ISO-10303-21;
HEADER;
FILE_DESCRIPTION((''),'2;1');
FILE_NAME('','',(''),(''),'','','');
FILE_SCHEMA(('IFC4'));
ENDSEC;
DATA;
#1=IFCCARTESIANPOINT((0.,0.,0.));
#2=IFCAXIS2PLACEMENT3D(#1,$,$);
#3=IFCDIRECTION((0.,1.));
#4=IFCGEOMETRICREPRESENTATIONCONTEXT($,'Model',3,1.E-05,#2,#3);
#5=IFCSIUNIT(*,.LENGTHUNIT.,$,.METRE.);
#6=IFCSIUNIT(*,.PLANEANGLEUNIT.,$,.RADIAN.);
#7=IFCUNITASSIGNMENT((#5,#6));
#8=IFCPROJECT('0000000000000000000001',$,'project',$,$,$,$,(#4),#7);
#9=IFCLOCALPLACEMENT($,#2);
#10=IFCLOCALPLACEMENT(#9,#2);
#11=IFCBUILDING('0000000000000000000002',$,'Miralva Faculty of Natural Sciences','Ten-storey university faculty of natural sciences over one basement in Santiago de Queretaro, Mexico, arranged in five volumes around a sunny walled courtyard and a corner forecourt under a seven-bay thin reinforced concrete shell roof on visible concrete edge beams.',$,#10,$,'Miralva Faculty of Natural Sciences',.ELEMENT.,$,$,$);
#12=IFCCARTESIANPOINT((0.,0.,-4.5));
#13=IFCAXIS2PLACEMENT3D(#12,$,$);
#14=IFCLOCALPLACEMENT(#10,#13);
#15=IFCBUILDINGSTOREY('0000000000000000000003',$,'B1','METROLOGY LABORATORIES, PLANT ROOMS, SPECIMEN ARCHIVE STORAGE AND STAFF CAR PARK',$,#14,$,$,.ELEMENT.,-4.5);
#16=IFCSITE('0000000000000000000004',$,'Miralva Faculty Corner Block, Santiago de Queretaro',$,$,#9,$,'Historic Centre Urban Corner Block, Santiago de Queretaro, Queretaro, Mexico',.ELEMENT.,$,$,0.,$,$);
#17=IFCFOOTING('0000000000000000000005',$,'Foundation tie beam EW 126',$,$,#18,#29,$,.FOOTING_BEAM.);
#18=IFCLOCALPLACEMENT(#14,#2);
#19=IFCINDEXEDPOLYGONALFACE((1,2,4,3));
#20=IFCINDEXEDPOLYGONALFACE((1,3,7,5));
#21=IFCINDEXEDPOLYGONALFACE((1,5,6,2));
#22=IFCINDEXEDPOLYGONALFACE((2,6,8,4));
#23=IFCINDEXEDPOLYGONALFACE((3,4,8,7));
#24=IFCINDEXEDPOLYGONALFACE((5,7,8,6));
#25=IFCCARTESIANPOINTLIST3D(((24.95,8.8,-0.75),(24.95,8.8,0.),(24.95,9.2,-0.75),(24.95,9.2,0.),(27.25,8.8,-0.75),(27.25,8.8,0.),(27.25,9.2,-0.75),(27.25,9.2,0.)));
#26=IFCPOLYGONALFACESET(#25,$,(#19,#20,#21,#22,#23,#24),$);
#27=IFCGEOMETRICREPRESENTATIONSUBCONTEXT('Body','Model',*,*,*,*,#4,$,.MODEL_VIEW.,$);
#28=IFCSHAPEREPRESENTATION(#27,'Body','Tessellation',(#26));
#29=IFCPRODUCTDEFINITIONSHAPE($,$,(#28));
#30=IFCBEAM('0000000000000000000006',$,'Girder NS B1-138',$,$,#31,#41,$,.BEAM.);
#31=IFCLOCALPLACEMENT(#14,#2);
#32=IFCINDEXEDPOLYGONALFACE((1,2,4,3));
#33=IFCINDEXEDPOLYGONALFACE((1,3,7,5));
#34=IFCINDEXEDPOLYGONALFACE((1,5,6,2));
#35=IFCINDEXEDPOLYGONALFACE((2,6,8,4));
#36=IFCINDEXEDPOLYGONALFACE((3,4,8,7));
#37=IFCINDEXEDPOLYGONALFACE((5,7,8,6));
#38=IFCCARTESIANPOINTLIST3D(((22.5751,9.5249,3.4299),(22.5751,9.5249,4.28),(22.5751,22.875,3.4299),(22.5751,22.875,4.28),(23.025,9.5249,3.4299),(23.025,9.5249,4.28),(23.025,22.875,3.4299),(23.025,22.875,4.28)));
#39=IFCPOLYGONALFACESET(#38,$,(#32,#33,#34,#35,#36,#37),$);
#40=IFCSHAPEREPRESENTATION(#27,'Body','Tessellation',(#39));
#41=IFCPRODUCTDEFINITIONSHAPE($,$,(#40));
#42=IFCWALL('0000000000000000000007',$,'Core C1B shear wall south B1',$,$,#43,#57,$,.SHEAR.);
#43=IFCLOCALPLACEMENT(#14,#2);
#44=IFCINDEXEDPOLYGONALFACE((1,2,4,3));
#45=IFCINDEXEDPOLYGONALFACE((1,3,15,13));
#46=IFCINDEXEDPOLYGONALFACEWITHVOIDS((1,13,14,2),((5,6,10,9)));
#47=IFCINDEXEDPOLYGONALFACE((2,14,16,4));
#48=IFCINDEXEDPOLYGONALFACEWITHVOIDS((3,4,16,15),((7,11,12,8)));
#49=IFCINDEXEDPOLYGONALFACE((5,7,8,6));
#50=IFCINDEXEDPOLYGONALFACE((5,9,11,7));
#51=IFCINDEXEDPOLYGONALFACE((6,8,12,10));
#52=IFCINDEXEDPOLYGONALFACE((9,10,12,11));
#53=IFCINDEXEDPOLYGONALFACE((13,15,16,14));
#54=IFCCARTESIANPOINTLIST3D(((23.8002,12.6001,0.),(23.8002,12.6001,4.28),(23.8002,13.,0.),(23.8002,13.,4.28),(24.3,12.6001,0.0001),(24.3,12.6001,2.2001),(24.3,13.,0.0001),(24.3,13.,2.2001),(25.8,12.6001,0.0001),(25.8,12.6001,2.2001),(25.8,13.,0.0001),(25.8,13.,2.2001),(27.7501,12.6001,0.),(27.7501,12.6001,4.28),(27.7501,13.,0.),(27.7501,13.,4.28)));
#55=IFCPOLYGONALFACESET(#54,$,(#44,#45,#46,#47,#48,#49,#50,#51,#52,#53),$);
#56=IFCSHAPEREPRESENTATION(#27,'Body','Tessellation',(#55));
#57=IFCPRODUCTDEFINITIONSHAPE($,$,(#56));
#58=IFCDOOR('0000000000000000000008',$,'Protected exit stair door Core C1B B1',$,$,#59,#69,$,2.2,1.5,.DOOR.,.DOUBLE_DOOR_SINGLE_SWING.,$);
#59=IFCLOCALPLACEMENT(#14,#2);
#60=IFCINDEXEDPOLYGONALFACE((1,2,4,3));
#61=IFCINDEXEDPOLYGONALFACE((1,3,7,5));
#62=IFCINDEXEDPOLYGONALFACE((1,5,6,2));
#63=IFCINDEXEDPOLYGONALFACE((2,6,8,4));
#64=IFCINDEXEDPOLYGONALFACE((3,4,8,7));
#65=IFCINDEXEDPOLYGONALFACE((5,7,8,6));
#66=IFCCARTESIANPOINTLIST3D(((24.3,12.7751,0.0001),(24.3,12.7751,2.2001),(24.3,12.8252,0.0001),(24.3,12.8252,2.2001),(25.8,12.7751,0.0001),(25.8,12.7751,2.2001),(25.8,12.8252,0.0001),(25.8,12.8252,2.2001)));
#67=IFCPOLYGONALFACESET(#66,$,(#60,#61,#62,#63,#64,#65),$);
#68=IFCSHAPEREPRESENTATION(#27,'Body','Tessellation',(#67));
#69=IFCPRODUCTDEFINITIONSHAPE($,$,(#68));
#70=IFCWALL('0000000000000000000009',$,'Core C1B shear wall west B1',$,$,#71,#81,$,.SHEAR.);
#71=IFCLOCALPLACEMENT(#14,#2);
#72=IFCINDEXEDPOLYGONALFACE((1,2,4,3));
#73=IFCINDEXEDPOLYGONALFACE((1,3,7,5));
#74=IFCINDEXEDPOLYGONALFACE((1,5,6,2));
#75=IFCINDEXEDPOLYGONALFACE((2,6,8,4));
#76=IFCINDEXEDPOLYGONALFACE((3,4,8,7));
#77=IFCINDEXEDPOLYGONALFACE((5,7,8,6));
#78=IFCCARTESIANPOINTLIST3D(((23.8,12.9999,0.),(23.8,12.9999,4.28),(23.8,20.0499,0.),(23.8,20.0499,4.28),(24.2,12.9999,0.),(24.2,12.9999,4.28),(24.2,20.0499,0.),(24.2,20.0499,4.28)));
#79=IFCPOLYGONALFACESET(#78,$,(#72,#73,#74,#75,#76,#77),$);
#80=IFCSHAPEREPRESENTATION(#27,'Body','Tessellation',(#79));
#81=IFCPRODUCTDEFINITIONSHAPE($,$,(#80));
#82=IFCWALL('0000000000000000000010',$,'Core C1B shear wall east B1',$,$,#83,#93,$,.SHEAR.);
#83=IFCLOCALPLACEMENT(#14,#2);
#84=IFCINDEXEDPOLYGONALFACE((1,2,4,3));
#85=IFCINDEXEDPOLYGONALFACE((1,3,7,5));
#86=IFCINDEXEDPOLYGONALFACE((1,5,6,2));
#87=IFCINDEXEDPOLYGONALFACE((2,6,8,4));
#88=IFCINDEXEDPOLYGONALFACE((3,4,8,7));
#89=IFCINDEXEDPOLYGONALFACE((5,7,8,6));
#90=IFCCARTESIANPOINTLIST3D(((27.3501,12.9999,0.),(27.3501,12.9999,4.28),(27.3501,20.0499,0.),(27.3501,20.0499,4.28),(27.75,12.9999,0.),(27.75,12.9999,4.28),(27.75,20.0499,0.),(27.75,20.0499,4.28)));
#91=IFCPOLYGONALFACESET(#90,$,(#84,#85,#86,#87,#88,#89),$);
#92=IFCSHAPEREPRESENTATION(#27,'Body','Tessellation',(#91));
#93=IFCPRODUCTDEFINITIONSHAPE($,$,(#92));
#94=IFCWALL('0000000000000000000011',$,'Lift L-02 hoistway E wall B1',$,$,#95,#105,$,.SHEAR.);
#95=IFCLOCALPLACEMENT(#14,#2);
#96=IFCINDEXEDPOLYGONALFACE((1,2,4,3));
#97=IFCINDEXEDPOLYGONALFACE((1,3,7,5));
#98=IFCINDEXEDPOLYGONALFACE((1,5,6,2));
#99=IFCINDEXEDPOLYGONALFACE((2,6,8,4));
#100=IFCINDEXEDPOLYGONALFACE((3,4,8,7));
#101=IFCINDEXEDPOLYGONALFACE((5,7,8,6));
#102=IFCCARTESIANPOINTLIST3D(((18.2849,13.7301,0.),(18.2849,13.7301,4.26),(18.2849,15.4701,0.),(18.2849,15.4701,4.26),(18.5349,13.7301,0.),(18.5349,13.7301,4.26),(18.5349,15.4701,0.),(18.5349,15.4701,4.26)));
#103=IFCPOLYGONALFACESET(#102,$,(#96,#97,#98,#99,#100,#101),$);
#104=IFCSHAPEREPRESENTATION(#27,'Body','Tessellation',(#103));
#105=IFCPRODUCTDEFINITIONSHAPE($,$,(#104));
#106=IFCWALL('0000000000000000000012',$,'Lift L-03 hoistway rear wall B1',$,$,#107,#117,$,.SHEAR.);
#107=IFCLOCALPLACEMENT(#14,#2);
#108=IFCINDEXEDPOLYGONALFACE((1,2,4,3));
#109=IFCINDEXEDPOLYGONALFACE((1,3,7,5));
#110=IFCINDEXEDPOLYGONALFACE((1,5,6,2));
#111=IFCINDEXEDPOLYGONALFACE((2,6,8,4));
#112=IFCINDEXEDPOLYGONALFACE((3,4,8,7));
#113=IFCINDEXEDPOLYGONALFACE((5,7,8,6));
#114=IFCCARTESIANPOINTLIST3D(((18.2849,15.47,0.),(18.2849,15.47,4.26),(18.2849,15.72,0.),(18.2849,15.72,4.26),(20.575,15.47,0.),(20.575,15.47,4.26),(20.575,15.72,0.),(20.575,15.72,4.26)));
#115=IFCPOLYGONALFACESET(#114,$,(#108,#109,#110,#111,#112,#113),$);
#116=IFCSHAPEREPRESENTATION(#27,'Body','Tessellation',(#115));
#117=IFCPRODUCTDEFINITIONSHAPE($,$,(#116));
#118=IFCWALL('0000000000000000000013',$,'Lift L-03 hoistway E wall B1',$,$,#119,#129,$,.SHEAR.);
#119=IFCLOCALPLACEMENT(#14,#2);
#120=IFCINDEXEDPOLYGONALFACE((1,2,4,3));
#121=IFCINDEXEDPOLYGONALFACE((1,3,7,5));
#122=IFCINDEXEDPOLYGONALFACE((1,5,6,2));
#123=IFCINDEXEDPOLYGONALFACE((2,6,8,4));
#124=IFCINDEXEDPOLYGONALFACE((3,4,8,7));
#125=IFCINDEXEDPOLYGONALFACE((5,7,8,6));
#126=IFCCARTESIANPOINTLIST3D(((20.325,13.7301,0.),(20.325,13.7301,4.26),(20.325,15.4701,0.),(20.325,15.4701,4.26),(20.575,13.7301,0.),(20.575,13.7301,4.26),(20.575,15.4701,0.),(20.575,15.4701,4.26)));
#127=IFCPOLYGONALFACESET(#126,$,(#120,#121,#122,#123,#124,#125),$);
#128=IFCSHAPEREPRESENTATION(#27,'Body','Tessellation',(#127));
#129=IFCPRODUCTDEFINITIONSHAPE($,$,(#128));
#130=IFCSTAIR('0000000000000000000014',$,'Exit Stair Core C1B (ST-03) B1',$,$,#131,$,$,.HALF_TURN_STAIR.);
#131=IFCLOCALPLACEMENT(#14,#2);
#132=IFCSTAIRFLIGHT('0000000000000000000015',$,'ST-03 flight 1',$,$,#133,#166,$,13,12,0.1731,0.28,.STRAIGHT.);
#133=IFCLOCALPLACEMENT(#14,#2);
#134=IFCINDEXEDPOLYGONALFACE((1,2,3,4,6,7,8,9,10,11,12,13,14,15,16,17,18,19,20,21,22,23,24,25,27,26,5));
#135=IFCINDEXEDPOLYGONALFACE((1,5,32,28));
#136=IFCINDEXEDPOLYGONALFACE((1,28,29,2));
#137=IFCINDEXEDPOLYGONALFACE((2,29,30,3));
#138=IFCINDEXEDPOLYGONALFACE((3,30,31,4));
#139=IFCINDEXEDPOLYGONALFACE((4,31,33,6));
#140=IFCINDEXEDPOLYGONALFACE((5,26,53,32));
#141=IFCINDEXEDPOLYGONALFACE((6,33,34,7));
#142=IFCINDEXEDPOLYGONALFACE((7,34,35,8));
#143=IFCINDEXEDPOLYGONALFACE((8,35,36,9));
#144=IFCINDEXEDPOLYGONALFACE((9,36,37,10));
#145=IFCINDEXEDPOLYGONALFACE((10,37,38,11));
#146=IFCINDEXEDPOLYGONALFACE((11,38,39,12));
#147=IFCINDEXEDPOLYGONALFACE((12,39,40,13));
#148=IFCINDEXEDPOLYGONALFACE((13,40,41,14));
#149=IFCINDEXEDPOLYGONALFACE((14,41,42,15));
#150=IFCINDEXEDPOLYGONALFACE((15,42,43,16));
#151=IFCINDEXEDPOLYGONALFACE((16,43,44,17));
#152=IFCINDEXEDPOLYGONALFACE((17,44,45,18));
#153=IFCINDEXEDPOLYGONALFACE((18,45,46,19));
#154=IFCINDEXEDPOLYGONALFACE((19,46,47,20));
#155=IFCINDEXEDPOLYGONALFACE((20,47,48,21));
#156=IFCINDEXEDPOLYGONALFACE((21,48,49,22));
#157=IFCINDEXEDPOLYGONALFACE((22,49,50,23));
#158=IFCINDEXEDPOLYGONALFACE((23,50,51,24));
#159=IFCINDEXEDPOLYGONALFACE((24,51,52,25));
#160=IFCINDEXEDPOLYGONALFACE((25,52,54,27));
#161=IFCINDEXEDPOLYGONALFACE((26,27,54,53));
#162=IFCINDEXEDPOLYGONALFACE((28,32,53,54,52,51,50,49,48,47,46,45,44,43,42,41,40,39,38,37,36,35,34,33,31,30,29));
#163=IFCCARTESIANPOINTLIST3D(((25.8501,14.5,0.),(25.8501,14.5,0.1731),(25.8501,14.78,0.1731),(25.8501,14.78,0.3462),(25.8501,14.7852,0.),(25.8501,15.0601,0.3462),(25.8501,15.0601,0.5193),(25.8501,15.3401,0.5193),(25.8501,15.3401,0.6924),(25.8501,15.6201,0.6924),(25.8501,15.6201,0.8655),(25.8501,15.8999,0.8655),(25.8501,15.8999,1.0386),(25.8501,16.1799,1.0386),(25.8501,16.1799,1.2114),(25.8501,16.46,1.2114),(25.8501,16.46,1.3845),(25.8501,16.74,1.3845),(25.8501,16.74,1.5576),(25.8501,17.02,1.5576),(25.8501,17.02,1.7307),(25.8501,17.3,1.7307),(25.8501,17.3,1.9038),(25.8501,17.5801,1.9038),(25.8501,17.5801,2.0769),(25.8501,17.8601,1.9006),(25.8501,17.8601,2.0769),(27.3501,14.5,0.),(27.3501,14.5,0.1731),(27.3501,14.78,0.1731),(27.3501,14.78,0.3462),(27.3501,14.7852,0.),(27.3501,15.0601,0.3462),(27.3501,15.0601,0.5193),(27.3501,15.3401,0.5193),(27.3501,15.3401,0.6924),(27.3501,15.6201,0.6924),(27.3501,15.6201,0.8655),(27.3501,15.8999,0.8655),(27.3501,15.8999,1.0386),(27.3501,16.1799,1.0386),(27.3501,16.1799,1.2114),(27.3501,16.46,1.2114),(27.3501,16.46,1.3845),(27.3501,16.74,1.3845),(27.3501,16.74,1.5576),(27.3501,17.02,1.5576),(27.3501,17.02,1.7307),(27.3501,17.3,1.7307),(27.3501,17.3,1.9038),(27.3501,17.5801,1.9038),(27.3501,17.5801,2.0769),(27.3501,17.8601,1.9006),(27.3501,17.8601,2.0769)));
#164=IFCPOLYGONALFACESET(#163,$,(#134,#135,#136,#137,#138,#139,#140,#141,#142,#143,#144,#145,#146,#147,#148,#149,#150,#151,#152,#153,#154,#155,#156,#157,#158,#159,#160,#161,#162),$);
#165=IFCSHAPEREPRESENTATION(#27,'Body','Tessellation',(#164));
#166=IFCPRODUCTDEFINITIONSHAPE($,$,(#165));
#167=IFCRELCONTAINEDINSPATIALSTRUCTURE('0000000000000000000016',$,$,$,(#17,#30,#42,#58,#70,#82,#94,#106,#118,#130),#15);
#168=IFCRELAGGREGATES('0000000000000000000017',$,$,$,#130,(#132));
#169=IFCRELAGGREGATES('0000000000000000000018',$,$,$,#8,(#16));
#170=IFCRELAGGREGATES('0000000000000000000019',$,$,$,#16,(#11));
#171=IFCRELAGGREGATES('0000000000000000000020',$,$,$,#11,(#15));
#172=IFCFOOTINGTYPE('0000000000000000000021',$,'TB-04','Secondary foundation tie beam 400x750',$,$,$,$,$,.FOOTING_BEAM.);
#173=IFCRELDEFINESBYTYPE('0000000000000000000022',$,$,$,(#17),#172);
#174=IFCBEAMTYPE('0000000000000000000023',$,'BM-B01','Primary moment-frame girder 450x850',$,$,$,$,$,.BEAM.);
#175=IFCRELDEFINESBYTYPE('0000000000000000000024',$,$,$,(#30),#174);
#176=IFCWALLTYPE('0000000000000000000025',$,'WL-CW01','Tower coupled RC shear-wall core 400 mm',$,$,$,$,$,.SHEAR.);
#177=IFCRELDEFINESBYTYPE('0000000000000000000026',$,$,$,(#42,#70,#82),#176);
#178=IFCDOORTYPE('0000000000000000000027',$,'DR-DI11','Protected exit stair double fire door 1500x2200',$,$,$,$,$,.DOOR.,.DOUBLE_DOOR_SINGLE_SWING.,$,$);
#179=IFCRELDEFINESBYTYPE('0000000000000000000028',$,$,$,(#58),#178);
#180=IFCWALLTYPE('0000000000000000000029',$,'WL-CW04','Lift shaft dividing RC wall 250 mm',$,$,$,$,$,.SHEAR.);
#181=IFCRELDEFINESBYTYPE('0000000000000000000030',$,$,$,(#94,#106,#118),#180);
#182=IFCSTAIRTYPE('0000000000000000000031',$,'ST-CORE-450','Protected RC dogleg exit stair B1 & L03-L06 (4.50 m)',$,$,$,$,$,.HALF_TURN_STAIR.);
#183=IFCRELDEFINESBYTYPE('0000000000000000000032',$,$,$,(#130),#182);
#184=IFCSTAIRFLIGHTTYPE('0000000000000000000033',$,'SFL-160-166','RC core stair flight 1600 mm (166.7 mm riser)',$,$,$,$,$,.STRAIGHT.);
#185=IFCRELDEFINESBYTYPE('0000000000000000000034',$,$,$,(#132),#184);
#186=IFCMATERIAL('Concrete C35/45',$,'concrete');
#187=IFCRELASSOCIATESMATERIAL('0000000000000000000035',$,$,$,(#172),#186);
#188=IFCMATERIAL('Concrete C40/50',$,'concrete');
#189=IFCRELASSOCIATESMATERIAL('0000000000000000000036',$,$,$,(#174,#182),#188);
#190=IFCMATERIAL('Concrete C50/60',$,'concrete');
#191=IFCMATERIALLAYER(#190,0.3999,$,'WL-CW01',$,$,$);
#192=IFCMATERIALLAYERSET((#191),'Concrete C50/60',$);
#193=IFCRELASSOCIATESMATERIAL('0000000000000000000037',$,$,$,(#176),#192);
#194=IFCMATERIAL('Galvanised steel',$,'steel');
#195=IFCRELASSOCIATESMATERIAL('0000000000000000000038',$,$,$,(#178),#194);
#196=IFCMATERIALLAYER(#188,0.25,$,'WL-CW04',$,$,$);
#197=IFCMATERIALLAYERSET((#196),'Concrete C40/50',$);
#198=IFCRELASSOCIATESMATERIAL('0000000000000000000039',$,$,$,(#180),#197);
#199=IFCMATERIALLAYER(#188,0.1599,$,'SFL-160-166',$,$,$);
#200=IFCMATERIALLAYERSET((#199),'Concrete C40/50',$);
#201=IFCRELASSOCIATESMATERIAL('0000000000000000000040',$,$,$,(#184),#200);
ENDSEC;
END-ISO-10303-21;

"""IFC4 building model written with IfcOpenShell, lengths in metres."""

from ifc_helpers import new_model, si_unit, direction, frame, frame_2d, origin, origin_2d, place, context, subcontext, project, spatial, polyline, rectangle, outline, extrude, material, layer, layer_set, material_profile, profile_set, type_object, element, fill, aggregate, save


model = new_model("IFC4")

# Units and contexts
model_context = context("Model", 3, precision=1e-05, world=origin(), true_north=direction((0.0, 1.0)))
body_context = subcontext(model_context, "Body", "Model", "MODEL_VIEW")
ifc_project = project(units=[si_unit("LENGTHUNIT", "METRE"), si_unit("PLANEANGLEUNIT", "RADIAN")], contexts=[model_context])

# Site, building, storey
site_placement = place(None, origin())
site = spatial("IfcSite", under=ifc_project, at=site_placement, Name="Miralva Faculty Corner Block, Santiago de Queretaro", LongName="Historic Centre Urban Corner Block, Santiago de Queretaro, Queretaro, Mexico", CompositionType="ELEMENT", RefElevation=0.0)
building_placement = place(site_placement, origin())
building = spatial("IfcBuilding", under=site, at=building_placement, Name="Miralva Faculty of Natural Sciences", Description="Ten-storey university faculty of natural sciences over one basement in Santiago de Queretaro, Mexico, arranged in five volumes around a sunny walled courtyard and a corner forecourt under a seven-bay thin reinforced concrete shell roof on visible concrete edge beams.", LongName="Miralva Faculty of Natural Sciences", CompositionType="ELEMENT")
storey_placement = place(building_placement, frame((0.0, 0.0, -4.5)))
storey = spatial("IfcBuildingStorey", under=building, at=storey_placement, Name="B1", Description="METROLOGY LABORATORIES, PLANT ROOMS, SPECIMEN ARCHIVE STORAGE AND STAFF CAR PARK", CompositionType="ELEMENT", Elevation=-4.5)

# Shared definitions
ifc_material_1 = material(Name="Concrete C40/50", Category="concrete")

# Shared definitions
ifc_material_2 = material(Name="Concrete C35/45", Category="concrete")

# Footing
ifc_material_profile_1 = material_profile(ifc_material_2, rectangle(XDim=0.3999, YDim=0.75, at=origin_2d()), Name="RC 400x750")
ifc_profile_set_1 = profile_set([ifc_material_profile_1], Name="Concrete C35/45")
footing_type_1 = type_object("IfcFootingType", Name="TB-04", Description="Secondary foundation tie beam 400x750", PredefinedType="FOOTING_BEAM", material=ifc_profile_set_1)
footing_1_placement = place(storey_placement, frame((24.95, 9.0, -0.375), z_axis=(1.0, 0.0, 0.0), x_axis=(0.0, 1.0, 0.0)))
element("IfcFooting", 1, at=footing_1_placement, inside=storey, type_object=footing_type_1, Name="Foundation tie beam EW 126", PredefinedType="FOOTING_BEAM", context=body_context, shape_type="SweptSolid", body=[
    extrude(rectangle(XDim=0.3999, YDim=0.75, at=origin_2d()), origin(), (0.0, 0.0, 1.0), 2.3),
])

# Beam
ifc_material_profile_2 = material_profile(ifc_material_1, rectangle(XDim=0.45, YDim=0.8501, at=origin_2d()), Name="RC 450x850")
ifc_profile_set_2 = profile_set([ifc_material_profile_2], Name="Concrete C40/50")
beam_type = type_object("IfcBeamType", Name="BM-B01", Description="Primary moment-frame girder 450x850", PredefinedType="BEAM", material=ifc_profile_set_2)
beam_placement = place(storey_placement, frame((22.8, 9.5249, 3.855), z_axis=(0.0, 1.0, 0.0), x_axis=(-1.0, 0.0, 0.0)))
element("IfcBeam", 2, at=beam_placement, inside=storey, type_object=beam_type, Name="Girder NS B1-138", PredefinedType="BEAM", context=body_context, shape_type="SweptSolid", body=[
    extrude(rectangle(XDim=0.45, YDim=0.8501, at=origin_2d()), origin(), (0.0, 0.0, 1.0), 13.3501),
])

# Wall, opening, door
ifc_material_3 = material(Name="Concrete C50/60", Category="concrete")
ifc_layer_1 = layer(ifc_material_3, 0.3999, Name="WL-CW01")
ifc_layer_set_1 = layer_set([ifc_layer_1], Name="Concrete C50/60")
wall_type_1 = type_object("IfcWallType", Name="WL-CW01", Description="Tower coupled RC shear-wall core 400 mm", PredefinedType="SHEAR", material=ifc_layer_set_1)
wall_1_placement = place(storey_placement, frame((23.8, 12.8, 0.0), z_axis=(0.0, 0.0, 1.0), x_axis=(1.0, 0.0, 0.0)))
wall_1 = element("IfcWall", 3, at=wall_1_placement, inside=storey, type_object=wall_type_1, Name="Core C1B shear wall south B1", PredefinedType="SHEAR", context=body_context, shape_type="SweptSolid", body=[
    extrude(rectangle(XDim=3.95, YDim=0.3999, at=frame_2d((1.9751, 0.0))), origin(), (0.0, 0.0, 1.0), 4.28),
])
opening_1_placement = place(wall_1_placement, frame((0.5, 0.0, 0.0)))
opening_1 = element("IfcOpeningElement", 4, at=opening_1_placement, cuts=wall_1, PredefinedType="OPENING", context=body_context, shape_type="SweptSolid", body=[
    extrude(rectangle(XDim=1.5, YDim=2.2, at=frame_2d((0.75, 1.1001))), frame((0.0, 0.21, 0.0), z_axis=(0.0, -1.0, 0.0), x_axis=(1.0, 0.0, 0.0)), (0.0, 0.0, 1.0), 0.4199),
])
ifc_material_4 = material(Name="Galvanised steel", Category="steel")
door_type_1 = type_object("IfcDoorType", Name="DR-DI11", Description="Protected exit stair double fire door 1500x2200", OperationType="DOUBLE_DOOR_SINGLE_SWING", PredefinedType="DOOR", material=ifc_material_4)
door_1_placement = place(opening_1_placement, frame((1.5, 0.0, 0.0), z_axis=(0.0, 0.0, 1.0), x_axis=(-1.0, 0.0, 0.0)))
door_1 = element("IfcDoor", 5, at=door_1_placement, inside=storey, type_object=door_type_1, Name="Protected exit stair door Core C1B B1", OperationType="DOUBLE_DOOR_SINGLE_SWING", OverallHeight=2.2, OverallWidth=1.5, PredefinedType="DOOR", context=body_context, shape_type="SweptSolid", body=[
    extrude(rectangle(XDim=1.5, YDim=2.2, at=frame_2d((0.75, 1.1001))), frame((0.0, 0.0249, 0.0), z_axis=(0.0, -1.0, 0.0), x_axis=(1.0, 0.0, 0.0)), (0.0, 0.0, 1.0), 0.05),
])
fill(opening_1, door_1)

# Walls
for number, where, z_axis, x_axis, name in (
    (6, (24.0, 13.0, 0.0), (0.0, 0.0, 1.0), (0.0, 1.0, 0.0), "Core C1B shear wall west B1"),
    (7, (27.55, 13.0, 0.0), (0.0, 0.0, 1.0), (0.0, 1.0, 0.0), "Core C1B shear wall east B1"),
):
    element("IfcWall", number, at=place(storey_placement, frame(where, z_axis=z_axis, x_axis=x_axis)), inside=storey, type_object=wall_type_1, Name=name, PredefinedType="SHEAR", context=body_context, shape_type="SweptSolid", body=[
        extrude(rectangle(XDim=7.05, YDim=0.3999, at=frame_2d((3.5249, 0.0))), origin(), (0.0, 0.0, 1.0), 4.28),
    ])
ifc_layer_2 = layer(ifc_material_1, 0.25, Name="WL-CW04")
ifc_layer_set_2 = layer_set([ifc_layer_2], Name="Concrete C40/50")
wall_type_2 = type_object("IfcWallType", Name="WL-CW04", Description="Lift shaft dividing RC wall 250 mm", PredefinedType="SHEAR", material=ifc_layer_set_2)
wall_2_placement = place(storey_placement, frame((18.4099, 13.73, 0.0), z_axis=(0.0, 0.0, 1.0), x_axis=(0.0, 1.0, 0.0)))
element("IfcWall", 8, at=wall_2_placement, inside=storey, type_object=wall_type_2, Name="Lift L-02 hoistway E wall B1", PredefinedType="SHEAR", context=body_context, shape_type="SweptSolid", body=[
    extrude(rectangle(XDim=1.74, YDim=0.25, at=frame_2d((0.8701, 0.0))), origin(), (0.0, 0.0, 1.0), 4.26),
])

# Walls
wall_3_placement = place(storey_placement, frame((18.2849, 15.595, 0.0), z_axis=(0.0, 0.0, 1.0), x_axis=(1.0, 0.0, 0.0)))
element("IfcWall", 9, at=wall_3_placement, inside=storey, type_object=wall_type_2, Name="Lift L-03 hoistway rear wall B1", PredefinedType="SHEAR", context=body_context, shape_type="SweptSolid", body=[
    extrude(rectangle(XDim=2.29, YDim=0.25, at=frame_2d((1.145, 0.0))), origin(), (0.0, 0.0, 1.0), 4.26),
])
wall_4_placement = place(storey_placement, frame((20.45, 13.73, 0.0), z_axis=(0.0, 0.0, 1.0), x_axis=(0.0, 1.0, 0.0)))
element("IfcWall", 10, at=wall_4_placement, inside=storey, type_object=wall_type_2, Name="Lift L-03 hoistway E wall B1", PredefinedType="SHEAR", context=body_context, shape_type="SweptSolid", body=[
    extrude(rectangle(XDim=1.74, YDim=0.25, at=frame_2d((0.8701, 0.0))), origin(), (0.0, 0.0, 1.0), 4.26),
])

# Stair, stair flight
stair_type = type_object("IfcStairType", Name="ST-CORE-450", Description="Protected RC dogleg exit stair B1 & L03-L06 (4.50 m)", PredefinedType="HALF_TURN_STAIR", material=ifc_material_1)
stair_placement = place(storey_placement, origin())
stair = element("IfcStair", 11, at=stair_placement, inside=storey, type_object=stair_type, Name="Exit Stair Core C1B (ST-03) B1", PredefinedType="HALF_TURN_STAIR")
ifc_layer_3 = layer(ifc_material_1, 0.1599, Name="SFL-160-166")
ifc_layer_set_3 = layer_set([ifc_layer_3], Name="Concrete C40/50")
stair_flight_type = type_object("IfcStairFlightType", Name="SFL-160-166", Description="RC core stair flight 1600 mm (166.7 mm riser)", PredefinedType="STRAIGHT", material=ifc_layer_set_3)
stair_flight_1_placement = place(storey_placement, frame((26.6001, 14.5, 0.0), z_axis=(0.0, 0.0, 1.0), x_axis=(0.0, 1.0, 0.0)))
stair_flight_1 = element("IfcStairFlight", 12, at=stair_flight_1_placement, type_object=stair_flight_type, Name="ST-03 flight 1", NumberOfRisers=13, NumberOfTreads=12, PredefinedType="STRAIGHT", RiserHeight=0.1731, TreadLength=0.28, context=body_context, shape_type="SweptSolid", body=[
    extrude(outline(polyline([(0.0, 0.0), (0.0, 0.1731), (0.28, 0.1731), (0.28, 0.3462), (0.5601, 0.3462), (0.5601, 0.5193), (0.8401, 0.5193), (0.8401, 0.6924), (1.1201, 0.6924), (1.1201, 0.8655), (1.3999, 0.8655), (1.3999, 1.0386), (1.6799, 1.0386), (1.6799, 1.2114), (1.96, 1.2114), (1.96, 1.3845), (2.24, 1.3845), (2.24, 1.5576), (2.52, 1.5576), (2.52, 1.7307), (2.8, 1.7307), (2.8, 1.9038), (3.0801, 1.9038), (3.0801, 2.0769), (3.3601, 2.0769), (3.3601, 2.25), (3.3601, 1.9006), (0.2852, 0.0), (0.0, 0.0)])), frame((0.0, 0.75, 0.0), z_axis=(0.0, -1.0, 0.0), x_axis=(1.0, 0.0, 0.0)), (0.0, 0.0, 1.0), 1.5),
])
aggregate(stair, [stair_flight_1])

save(model, "model.ifc")
